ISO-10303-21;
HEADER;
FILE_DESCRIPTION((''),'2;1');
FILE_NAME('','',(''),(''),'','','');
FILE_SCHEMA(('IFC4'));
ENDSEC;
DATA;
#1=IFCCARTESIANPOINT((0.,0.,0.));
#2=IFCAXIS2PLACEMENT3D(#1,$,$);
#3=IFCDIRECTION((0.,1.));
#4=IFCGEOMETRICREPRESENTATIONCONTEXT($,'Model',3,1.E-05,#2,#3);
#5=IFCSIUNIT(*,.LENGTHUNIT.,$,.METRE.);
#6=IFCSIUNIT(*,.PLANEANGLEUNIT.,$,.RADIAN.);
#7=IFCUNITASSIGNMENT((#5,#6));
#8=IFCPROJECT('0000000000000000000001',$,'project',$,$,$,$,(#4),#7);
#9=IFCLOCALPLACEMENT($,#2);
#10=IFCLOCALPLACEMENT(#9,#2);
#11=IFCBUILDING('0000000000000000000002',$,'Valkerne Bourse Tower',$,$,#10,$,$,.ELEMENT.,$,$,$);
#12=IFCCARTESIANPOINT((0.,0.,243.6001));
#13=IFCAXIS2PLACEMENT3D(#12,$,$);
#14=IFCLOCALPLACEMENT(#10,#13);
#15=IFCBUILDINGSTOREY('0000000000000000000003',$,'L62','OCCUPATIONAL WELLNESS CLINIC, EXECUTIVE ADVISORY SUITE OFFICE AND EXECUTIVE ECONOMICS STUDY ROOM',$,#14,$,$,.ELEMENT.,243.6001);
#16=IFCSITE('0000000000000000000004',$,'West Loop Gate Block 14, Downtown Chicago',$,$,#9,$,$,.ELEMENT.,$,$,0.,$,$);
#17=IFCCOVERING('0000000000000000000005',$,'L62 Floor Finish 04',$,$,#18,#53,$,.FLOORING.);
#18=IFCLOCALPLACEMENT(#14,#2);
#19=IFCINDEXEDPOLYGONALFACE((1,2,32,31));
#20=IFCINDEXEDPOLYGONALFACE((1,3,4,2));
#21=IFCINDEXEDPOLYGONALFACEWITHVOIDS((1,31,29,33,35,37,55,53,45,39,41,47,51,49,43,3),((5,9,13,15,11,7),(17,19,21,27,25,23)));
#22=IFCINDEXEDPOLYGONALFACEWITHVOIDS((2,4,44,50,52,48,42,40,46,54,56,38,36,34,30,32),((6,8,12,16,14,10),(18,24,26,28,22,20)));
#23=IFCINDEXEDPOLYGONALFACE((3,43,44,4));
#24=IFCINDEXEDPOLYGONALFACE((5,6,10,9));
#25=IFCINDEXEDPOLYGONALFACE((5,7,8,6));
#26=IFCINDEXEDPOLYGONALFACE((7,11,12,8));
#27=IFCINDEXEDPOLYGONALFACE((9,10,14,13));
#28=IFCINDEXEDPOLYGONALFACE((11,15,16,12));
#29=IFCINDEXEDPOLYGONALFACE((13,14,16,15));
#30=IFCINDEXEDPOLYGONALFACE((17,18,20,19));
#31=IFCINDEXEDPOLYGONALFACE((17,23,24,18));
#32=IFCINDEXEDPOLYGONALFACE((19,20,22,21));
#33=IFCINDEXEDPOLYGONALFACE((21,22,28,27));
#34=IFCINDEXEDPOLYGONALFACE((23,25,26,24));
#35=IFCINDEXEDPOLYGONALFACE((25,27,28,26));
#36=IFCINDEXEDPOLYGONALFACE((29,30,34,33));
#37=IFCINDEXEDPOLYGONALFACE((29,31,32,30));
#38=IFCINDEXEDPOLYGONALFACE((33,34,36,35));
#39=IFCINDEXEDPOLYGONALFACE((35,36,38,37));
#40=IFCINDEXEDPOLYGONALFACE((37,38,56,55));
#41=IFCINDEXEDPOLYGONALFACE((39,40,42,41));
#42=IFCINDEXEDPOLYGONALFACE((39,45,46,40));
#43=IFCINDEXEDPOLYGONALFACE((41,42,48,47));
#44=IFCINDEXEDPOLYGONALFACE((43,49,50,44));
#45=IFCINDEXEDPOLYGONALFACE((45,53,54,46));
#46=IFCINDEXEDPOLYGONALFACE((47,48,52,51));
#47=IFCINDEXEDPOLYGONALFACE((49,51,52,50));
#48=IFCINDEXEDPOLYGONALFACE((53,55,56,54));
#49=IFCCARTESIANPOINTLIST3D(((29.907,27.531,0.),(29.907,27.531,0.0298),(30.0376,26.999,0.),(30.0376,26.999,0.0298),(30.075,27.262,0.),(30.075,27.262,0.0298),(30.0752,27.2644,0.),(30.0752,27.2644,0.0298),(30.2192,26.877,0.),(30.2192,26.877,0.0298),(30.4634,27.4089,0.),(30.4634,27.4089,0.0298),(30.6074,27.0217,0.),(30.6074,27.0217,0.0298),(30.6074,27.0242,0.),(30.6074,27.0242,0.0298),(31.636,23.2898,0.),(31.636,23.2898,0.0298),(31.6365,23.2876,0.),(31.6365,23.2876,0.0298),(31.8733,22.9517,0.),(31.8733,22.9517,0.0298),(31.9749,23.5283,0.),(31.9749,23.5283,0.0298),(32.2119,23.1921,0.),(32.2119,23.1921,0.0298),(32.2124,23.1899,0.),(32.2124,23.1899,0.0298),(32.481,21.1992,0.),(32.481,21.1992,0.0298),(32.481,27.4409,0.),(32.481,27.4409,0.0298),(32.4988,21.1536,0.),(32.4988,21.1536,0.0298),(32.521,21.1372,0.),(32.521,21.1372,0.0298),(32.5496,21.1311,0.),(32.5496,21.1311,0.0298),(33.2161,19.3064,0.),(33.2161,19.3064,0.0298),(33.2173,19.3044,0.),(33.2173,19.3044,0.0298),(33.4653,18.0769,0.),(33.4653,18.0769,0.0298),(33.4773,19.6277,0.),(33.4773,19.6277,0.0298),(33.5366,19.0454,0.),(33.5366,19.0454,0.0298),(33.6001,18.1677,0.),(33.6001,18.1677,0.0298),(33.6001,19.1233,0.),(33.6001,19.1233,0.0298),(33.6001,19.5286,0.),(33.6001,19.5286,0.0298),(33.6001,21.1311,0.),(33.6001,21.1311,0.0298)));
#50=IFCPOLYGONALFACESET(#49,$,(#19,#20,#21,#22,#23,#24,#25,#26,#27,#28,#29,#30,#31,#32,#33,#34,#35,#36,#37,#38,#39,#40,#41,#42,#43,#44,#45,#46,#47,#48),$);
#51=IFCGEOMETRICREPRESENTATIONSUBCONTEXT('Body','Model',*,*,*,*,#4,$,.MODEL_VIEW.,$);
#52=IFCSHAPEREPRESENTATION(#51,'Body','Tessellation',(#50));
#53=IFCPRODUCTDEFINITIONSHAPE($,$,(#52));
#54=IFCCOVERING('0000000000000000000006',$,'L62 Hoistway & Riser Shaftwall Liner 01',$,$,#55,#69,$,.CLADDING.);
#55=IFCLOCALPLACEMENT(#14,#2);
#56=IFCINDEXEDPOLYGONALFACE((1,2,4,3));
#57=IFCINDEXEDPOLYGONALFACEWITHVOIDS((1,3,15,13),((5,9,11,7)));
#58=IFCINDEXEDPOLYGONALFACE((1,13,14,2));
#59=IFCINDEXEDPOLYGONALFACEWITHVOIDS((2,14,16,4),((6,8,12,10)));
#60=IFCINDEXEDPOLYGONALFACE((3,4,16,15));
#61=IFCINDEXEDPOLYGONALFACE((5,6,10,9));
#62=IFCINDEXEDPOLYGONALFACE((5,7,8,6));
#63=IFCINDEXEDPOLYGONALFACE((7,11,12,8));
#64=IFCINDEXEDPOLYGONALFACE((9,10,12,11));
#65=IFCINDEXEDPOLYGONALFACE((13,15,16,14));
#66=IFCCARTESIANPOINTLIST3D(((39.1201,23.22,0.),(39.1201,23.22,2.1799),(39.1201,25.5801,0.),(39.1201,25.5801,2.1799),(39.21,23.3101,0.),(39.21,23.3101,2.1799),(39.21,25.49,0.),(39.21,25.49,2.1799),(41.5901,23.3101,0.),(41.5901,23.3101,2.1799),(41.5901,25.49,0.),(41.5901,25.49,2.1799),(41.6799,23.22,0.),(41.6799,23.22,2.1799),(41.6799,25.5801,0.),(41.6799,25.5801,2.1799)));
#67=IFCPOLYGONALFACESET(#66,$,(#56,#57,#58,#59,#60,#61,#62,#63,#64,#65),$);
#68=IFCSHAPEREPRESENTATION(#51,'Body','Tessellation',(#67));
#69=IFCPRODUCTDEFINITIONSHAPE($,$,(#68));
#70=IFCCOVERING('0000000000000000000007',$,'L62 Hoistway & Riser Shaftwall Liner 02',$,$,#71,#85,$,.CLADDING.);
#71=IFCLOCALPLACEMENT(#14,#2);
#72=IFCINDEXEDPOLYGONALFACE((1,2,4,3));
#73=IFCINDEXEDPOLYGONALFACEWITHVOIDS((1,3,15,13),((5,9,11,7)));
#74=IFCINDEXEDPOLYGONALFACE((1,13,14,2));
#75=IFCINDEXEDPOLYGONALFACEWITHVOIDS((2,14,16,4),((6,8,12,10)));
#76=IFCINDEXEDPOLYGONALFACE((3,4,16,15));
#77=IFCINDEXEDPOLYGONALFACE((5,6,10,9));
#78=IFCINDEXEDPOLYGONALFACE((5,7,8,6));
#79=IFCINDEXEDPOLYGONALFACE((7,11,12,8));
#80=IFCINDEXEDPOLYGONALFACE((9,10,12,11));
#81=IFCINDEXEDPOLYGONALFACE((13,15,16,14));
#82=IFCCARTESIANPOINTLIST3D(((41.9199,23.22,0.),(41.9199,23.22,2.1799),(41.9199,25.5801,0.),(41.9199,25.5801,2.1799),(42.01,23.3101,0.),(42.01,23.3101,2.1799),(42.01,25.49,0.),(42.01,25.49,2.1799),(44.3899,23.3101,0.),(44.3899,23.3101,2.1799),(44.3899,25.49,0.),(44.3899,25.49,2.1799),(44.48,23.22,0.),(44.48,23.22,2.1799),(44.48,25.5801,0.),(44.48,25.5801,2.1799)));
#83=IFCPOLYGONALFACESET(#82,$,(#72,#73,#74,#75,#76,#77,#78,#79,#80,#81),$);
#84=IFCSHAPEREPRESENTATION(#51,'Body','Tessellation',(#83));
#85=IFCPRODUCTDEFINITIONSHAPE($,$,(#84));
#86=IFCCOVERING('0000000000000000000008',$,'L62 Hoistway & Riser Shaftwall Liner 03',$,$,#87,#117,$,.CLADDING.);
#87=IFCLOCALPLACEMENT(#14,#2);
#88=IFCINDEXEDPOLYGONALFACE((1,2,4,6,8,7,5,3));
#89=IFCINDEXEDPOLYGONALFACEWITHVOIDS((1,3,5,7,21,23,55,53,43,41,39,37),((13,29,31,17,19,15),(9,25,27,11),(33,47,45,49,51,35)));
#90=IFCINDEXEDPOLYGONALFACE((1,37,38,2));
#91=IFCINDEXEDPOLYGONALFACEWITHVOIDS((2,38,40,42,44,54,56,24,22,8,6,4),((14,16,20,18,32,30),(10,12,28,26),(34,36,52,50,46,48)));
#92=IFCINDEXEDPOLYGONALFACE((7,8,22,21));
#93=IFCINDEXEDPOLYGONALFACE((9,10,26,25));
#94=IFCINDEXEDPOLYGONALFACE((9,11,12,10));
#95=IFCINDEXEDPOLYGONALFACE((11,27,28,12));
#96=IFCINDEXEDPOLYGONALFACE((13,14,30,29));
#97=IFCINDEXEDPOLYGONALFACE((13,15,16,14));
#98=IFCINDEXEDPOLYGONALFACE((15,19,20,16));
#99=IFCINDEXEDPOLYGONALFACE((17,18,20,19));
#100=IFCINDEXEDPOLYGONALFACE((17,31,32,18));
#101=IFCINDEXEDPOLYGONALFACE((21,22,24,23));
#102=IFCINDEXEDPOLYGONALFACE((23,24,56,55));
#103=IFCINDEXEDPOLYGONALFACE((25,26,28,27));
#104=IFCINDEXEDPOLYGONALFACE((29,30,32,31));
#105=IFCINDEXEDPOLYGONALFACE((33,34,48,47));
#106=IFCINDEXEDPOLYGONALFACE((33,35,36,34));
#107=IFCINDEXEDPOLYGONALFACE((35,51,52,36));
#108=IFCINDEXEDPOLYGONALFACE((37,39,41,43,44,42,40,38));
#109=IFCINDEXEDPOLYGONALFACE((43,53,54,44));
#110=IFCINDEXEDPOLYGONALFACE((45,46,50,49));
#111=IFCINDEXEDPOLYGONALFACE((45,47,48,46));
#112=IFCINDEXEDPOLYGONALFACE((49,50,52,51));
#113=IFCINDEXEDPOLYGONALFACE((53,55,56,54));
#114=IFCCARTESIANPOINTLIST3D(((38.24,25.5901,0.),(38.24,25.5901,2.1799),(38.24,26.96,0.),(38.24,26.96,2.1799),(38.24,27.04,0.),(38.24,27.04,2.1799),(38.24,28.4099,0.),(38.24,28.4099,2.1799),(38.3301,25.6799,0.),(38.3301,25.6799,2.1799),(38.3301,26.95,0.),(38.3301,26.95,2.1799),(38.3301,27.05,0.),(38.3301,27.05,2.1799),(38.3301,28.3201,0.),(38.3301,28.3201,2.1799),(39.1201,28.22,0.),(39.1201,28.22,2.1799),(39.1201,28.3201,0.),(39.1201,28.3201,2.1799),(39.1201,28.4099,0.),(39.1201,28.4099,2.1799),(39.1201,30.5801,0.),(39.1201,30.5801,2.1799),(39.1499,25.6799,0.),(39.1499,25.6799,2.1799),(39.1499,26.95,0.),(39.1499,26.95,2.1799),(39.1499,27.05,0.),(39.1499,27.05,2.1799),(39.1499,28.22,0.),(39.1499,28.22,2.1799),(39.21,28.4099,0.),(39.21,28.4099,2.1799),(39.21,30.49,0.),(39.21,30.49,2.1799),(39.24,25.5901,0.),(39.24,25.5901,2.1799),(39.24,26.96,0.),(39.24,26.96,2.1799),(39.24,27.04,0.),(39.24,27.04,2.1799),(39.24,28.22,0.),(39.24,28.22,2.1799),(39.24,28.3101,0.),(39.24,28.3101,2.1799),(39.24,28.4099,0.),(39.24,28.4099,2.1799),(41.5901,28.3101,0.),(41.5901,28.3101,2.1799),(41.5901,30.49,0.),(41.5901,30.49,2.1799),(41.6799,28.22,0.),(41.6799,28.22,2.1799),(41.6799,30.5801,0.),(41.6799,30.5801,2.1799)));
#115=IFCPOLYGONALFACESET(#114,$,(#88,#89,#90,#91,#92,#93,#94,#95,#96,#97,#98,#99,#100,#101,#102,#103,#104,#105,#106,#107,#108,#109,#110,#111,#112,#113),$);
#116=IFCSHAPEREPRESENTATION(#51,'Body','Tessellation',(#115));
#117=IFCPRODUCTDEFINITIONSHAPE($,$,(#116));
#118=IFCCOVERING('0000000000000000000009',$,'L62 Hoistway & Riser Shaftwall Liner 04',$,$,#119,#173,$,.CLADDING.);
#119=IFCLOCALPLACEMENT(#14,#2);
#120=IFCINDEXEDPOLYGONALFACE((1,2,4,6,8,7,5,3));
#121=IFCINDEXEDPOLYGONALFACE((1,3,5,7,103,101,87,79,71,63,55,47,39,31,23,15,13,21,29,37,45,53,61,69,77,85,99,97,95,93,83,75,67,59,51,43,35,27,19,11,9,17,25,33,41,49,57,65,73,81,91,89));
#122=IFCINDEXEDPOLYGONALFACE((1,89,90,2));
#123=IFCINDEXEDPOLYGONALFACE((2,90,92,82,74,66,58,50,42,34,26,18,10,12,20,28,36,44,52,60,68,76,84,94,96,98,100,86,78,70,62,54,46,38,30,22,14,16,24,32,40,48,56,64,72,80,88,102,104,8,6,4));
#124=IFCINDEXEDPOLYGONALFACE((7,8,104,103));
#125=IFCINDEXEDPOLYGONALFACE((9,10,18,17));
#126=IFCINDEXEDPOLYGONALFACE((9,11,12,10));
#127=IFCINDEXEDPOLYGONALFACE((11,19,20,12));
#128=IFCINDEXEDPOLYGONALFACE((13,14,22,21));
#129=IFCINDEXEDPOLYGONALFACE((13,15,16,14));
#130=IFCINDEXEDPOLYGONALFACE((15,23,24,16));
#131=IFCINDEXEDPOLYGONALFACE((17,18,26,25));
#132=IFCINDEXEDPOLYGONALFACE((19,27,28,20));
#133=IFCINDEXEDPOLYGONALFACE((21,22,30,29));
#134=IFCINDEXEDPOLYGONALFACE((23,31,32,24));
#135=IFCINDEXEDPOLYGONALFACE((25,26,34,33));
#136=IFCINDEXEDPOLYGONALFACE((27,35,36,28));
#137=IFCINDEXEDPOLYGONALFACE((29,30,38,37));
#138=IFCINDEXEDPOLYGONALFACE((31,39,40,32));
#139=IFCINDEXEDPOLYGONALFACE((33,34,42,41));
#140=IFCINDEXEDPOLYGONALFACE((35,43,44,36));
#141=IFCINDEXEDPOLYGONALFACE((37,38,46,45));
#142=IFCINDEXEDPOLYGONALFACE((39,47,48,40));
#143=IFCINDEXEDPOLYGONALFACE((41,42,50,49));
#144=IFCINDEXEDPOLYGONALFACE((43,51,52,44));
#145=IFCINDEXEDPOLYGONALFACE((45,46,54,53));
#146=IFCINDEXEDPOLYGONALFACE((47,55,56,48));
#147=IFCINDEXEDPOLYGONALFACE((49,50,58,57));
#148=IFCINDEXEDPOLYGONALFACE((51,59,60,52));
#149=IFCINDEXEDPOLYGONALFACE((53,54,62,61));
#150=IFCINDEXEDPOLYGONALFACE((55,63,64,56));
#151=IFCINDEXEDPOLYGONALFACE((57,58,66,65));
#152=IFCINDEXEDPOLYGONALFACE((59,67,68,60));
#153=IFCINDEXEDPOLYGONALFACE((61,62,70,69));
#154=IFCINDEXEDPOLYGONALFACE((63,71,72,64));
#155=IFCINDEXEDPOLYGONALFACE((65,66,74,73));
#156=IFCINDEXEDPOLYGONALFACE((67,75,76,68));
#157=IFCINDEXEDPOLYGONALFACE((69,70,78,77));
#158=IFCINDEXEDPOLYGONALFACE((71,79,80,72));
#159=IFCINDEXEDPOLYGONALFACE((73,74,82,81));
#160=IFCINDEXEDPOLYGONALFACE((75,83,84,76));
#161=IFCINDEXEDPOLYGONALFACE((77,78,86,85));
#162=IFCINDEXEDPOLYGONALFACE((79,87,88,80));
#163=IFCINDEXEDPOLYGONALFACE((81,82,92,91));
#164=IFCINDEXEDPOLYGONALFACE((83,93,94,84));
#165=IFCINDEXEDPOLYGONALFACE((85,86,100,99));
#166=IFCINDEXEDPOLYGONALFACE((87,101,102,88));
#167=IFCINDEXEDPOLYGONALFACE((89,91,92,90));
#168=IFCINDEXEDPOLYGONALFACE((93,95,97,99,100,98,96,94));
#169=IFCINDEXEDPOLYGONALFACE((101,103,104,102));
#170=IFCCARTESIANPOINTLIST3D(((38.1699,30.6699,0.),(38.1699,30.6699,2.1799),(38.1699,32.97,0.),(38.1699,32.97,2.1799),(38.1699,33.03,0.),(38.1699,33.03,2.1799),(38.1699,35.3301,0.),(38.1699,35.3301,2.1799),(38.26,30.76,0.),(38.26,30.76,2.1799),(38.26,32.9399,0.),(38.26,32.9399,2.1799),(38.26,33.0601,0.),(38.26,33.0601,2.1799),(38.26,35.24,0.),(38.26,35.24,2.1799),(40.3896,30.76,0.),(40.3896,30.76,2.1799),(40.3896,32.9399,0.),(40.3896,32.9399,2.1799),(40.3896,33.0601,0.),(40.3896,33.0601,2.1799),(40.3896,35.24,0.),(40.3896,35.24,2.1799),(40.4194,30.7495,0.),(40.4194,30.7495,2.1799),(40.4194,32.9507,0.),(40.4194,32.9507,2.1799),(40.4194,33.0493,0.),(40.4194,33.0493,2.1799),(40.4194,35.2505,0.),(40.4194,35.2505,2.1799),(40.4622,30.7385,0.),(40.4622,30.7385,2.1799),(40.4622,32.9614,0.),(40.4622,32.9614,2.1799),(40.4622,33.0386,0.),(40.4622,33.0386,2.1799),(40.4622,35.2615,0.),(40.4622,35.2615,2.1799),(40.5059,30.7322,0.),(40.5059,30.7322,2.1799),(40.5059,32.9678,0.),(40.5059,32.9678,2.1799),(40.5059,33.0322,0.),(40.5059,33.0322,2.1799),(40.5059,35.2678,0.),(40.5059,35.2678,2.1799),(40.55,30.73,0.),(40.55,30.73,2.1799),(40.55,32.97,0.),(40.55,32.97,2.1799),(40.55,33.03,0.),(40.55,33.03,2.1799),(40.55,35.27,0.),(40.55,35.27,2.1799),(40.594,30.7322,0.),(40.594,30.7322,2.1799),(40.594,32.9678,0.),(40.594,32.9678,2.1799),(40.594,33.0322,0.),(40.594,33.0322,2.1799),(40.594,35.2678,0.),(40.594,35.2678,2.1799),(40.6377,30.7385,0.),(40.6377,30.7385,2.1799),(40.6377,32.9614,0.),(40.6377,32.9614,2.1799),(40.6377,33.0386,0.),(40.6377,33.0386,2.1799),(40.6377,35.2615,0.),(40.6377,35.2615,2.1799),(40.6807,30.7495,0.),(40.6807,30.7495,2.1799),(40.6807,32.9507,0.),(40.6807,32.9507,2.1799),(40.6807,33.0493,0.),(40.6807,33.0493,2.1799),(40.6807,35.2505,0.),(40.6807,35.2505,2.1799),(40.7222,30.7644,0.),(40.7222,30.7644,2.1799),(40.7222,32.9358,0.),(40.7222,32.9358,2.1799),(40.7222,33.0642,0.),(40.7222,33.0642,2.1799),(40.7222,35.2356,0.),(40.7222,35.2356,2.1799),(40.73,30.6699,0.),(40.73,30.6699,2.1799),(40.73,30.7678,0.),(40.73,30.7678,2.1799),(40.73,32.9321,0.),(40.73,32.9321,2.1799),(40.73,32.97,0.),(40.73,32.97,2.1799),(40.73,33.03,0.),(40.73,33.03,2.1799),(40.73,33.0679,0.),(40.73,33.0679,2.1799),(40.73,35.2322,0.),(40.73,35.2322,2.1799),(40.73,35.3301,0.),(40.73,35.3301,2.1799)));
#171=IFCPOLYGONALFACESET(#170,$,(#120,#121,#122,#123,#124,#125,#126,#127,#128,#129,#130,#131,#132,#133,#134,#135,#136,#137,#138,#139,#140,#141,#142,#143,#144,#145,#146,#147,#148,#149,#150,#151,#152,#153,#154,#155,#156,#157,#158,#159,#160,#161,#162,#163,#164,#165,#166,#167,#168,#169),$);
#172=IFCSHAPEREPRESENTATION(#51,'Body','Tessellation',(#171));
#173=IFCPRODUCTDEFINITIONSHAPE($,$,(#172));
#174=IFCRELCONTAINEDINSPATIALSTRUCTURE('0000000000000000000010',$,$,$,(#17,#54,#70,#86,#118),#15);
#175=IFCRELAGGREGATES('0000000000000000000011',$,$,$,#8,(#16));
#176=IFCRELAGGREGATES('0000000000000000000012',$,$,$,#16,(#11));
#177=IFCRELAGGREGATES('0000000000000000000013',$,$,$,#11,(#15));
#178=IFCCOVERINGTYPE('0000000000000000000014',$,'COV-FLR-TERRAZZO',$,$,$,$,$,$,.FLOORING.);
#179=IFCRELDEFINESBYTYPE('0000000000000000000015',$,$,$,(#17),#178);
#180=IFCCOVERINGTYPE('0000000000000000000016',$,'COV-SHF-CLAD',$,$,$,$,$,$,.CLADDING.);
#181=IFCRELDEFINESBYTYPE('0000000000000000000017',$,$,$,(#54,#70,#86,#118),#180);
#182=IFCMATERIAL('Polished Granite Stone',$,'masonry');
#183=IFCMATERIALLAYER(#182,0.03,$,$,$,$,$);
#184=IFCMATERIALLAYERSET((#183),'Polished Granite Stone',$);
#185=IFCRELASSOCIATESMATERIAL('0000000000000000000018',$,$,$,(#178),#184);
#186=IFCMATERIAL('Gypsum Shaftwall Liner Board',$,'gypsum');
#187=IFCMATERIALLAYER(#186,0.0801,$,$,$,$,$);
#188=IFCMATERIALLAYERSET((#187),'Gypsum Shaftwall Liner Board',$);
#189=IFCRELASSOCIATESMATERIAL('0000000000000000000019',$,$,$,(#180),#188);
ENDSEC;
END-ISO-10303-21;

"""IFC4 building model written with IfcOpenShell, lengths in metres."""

from ifc_helpers import new_model, si_unit, direction, frame, origin, place, context, subcontext, project, spatial, polyline, outline, extrude, material, layer, layer_set, type_object, element, save


model = new_model("IFC4")

# Units and contexts
model_context = context("Model", 3, precision=1e-05, world=origin(), true_north=direction((0.0, 1.0)))
body_context = subcontext(model_context, "Body", "Model", "MODEL_VIEW")
ifc_project = project(units=[si_unit("LENGTHUNIT", "METRE"), si_unit("PLANEANGLEUNIT", "RADIAN")], contexts=[model_context])

# Site, building, storey
site_placement = place(None, origin())
site = spatial("IfcSite", under=ifc_project, at=site_placement, Name="West Loop Gate Block 14, Downtown Chicago", CompositionType="ELEMENT", RefElevation=0.0)
building_placement = place(site_placement, origin())
building = spatial("IfcBuilding", under=site, at=building_placement, Name="Valkerne Bourse Tower", CompositionType="ELEMENT")
storey_placement = place(building_placement, frame((0.0, 0.0, 243.6001)))
storey = spatial("IfcBuildingStorey", under=building, at=storey_placement, Name="L62", Description="OCCUPATIONAL WELLNESS CLINIC, EXECUTIVE ADVISORY SUITE OFFICE AND EXECUTIVE ECONOMICS STUDY ROOM", CompositionType="ELEMENT", Elevation=243.6001)

# Coverings
ifc_material_1 = material(Name="Polished Granite Stone", Category="masonry")
ifc_layer_1 = layer(ifc_material_1, 0.03)
ifc_layer_set_1 = layer_set([ifc_layer_1], Name="Polished Granite Stone")
covering_type_1 = type_object("IfcCoveringType", Name="COV-FLR-TERRAZZO", PredefinedType="FLOORING", material=ifc_layer_set_1)
covering_1_placement = place(storey_placement, origin())
element("IfcCovering", 1, at=covering_1_placement, inside=storey, type_object=covering_type_1, Name="L62 Floor Finish 04", PredefinedType="FLOORING", context=body_context, shape_type="SweptSolid", body=[
    extrude(outline(polyline([(32.481, 27.4409), (32.481, 21.1992), (32.4988, 21.1536), (32.521, 21.1372), (32.5496, 21.1311), (33.6001, 21.1311), (33.6001, 19.5286), (33.4773, 19.6277), (33.2161, 19.3064), (33.2173, 19.3044), (33.5366, 19.0454), (33.6001, 19.1233), (33.6001, 18.1677), (33.4653, 18.0769), (30.0376, 26.999), (29.907, 27.531), (32.481, 27.4409)]), holes=[polyline([(32.2119, 23.1921), (31.9749, 23.5283), (31.636, 23.2898), (31.6365, 23.2876), (31.8733, 22.9517), (32.2124, 23.1899), (32.2119, 23.1921)]), polyline([(30.6074, 27.0242), (30.4634, 27.4089), (30.0752, 27.2644), (30.075, 27.262), (30.2192, 26.877), (30.6074, 27.0217), (30.6074, 27.0242)])]), origin(), (0.0, 0.0, 1.0), 0.0298),
])
ifc_material_2 = material(Name="Gypsum Shaftwall Liner Board", Category="gypsum")
ifc_layer_2 = layer(ifc_material_2, 0.0801)
ifc_layer_set_2 = layer_set([ifc_layer_2], Name="Gypsum Shaftwall Liner Board")
covering_type_2 = type_object("IfcCoveringType", Name="COV-SHF-CLAD", PredefinedType="CLADDING", material=ifc_layer_set_2)
covering_2_placement = place(storey_placement, origin())
element("IfcCovering", 2, at=covering_2_placement, inside=storey, type_object=covering_type_2, Name="L62 Hoistway & Riser Shaftwall Liner 01", PredefinedType="CLADDING", context=body_context, shape_type="SweptSolid", body=[
    extrude(outline(polyline([(41.6799, 25.5801), (41.6799, 23.22), (39.1201, 23.22), (39.1201, 25.5801), (41.6799, 25.5801)]), holes=[polyline([(41.5901, 25.49), (39.21, 25.49), (39.21, 23.3101), (41.5901, 23.3101), (41.5901, 25.49)])]), origin(), (0.0, 0.0, 1.0), 2.1799),
])
covering_3_placement = place(storey_placement, origin())
element("IfcCovering", 3, at=covering_3_placement, inside=storey, type_object=covering_type_2, Name="L62 Hoistway & Riser Shaftwall Liner 02", PredefinedType="CLADDING", context=body_context, shape_type="SweptSolid", body=[
    extrude(outline(polyline([(44.48, 23.22), (41.9199, 23.22), (41.9199, 25.5801), (44.48, 25.5801), (44.48, 23.22)]), holes=[polyline([(42.01, 25.49), (42.01, 23.3101), (44.3899, 23.3101), (44.3899, 25.49), (42.01, 25.49)])]), origin(), (0.0, 0.0, 1.0), 2.1799),
])
covering_4_placement = place(storey_placement, origin())
element("IfcCovering", 4, at=covering_4_placement, inside=storey, type_object=covering_type_2, Name="L62 Hoistway & Riser Shaftwall Liner 03", PredefinedType="CLADDING", context=body_context, shape_type="SweptSolid", body=[
    extrude(outline(polyline([(38.24, 28.4099), (39.1201, 28.4099), (39.1201, 30.5801), (41.6799, 30.5801), (41.6799, 28.22), (39.24, 28.22), (39.24, 27.04), (39.24, 26.96), (39.24, 25.5901), (38.24, 25.5901), (38.24, 26.96), (38.24, 27.04), (38.24, 28.4099)]), holes=[polyline([(38.3301, 26.95), (38.3301, 25.6799), (39.1499, 25.6799), (39.1499, 26.95), (38.3301, 26.95)]), polyline([(39.21, 30.49), (39.21, 28.4099), (39.24, 28.4099), (39.24, 28.3101), (41.5901, 28.3101), (41.5901, 30.49), (39.21, 30.49)]), polyline([(38.3301, 27.05), (39.1499, 27.05), (39.1499, 28.22), (39.1201, 28.22), (39.1201, 28.3201), (38.3301, 28.3201), (38.3301, 27.05)])]), origin(), (0.0, 0.0, 1.0), 2.1799),
])
covering_5_placement = place(storey_placement, origin())
element("IfcCovering", 5, at=covering_5_placement, inside=storey, type_object=covering_type_2, Name="L62 Hoistway & Riser Shaftwall Liner 04", PredefinedType="CLADDING", context=body_context, shape_type="SweptSolid", body=[
    extrude(outline(polyline([(38.1699, 35.3301), (40.73, 35.3301), (40.73, 35.2322), (40.7222, 35.2356), (40.6807, 35.2505), (40.6377, 35.2615), (40.594, 35.2678), (40.55, 35.27), (40.5059, 35.2678), (40.4622, 35.2615), (40.4194, 35.2505), (40.3896, 35.24), (38.26, 35.24), (38.26, 33.0601), (40.3896, 33.0601), (40.4194, 33.0493), (40.4622, 33.0386), (40.5059, 33.0322), (40.55, 33.03), (40.594, 33.0322), (40.6377, 33.0386), (40.6807, 33.0493), (40.7222, 33.0642), (40.73, 33.0679), (40.73, 33.03), (40.73, 32.97), (40.73, 32.9321), (40.7222, 32.9358), (40.6807, 32.9507), (40.6377, 32.9614), (40.594, 32.9678), (40.55, 32.97), (40.5059, 32.9678), (40.4622, 32.9614), (40.4194, 32.9507), (40.3896, 32.9399), (38.26, 32.9399), (38.26, 30.76), (40.3896, 30.76), (40.4194, 30.7495), (40.4622, 30.7385), (40.5059, 30.7322), (40.55, 30.73), (40.594, 30.7322), (40.6377, 30.7385), (40.6807, 30.7495), (40.7222, 30.7644), (40.73, 30.7678), (40.73, 30.6699), (38.1699, 30.6699), (38.1699, 32.97), (38.1699, 33.03), (38.1699, 35.3301)])), origin(), (0.0, 0.0, 1.0), 2.1799),
])

save(model, "model.ifc")
